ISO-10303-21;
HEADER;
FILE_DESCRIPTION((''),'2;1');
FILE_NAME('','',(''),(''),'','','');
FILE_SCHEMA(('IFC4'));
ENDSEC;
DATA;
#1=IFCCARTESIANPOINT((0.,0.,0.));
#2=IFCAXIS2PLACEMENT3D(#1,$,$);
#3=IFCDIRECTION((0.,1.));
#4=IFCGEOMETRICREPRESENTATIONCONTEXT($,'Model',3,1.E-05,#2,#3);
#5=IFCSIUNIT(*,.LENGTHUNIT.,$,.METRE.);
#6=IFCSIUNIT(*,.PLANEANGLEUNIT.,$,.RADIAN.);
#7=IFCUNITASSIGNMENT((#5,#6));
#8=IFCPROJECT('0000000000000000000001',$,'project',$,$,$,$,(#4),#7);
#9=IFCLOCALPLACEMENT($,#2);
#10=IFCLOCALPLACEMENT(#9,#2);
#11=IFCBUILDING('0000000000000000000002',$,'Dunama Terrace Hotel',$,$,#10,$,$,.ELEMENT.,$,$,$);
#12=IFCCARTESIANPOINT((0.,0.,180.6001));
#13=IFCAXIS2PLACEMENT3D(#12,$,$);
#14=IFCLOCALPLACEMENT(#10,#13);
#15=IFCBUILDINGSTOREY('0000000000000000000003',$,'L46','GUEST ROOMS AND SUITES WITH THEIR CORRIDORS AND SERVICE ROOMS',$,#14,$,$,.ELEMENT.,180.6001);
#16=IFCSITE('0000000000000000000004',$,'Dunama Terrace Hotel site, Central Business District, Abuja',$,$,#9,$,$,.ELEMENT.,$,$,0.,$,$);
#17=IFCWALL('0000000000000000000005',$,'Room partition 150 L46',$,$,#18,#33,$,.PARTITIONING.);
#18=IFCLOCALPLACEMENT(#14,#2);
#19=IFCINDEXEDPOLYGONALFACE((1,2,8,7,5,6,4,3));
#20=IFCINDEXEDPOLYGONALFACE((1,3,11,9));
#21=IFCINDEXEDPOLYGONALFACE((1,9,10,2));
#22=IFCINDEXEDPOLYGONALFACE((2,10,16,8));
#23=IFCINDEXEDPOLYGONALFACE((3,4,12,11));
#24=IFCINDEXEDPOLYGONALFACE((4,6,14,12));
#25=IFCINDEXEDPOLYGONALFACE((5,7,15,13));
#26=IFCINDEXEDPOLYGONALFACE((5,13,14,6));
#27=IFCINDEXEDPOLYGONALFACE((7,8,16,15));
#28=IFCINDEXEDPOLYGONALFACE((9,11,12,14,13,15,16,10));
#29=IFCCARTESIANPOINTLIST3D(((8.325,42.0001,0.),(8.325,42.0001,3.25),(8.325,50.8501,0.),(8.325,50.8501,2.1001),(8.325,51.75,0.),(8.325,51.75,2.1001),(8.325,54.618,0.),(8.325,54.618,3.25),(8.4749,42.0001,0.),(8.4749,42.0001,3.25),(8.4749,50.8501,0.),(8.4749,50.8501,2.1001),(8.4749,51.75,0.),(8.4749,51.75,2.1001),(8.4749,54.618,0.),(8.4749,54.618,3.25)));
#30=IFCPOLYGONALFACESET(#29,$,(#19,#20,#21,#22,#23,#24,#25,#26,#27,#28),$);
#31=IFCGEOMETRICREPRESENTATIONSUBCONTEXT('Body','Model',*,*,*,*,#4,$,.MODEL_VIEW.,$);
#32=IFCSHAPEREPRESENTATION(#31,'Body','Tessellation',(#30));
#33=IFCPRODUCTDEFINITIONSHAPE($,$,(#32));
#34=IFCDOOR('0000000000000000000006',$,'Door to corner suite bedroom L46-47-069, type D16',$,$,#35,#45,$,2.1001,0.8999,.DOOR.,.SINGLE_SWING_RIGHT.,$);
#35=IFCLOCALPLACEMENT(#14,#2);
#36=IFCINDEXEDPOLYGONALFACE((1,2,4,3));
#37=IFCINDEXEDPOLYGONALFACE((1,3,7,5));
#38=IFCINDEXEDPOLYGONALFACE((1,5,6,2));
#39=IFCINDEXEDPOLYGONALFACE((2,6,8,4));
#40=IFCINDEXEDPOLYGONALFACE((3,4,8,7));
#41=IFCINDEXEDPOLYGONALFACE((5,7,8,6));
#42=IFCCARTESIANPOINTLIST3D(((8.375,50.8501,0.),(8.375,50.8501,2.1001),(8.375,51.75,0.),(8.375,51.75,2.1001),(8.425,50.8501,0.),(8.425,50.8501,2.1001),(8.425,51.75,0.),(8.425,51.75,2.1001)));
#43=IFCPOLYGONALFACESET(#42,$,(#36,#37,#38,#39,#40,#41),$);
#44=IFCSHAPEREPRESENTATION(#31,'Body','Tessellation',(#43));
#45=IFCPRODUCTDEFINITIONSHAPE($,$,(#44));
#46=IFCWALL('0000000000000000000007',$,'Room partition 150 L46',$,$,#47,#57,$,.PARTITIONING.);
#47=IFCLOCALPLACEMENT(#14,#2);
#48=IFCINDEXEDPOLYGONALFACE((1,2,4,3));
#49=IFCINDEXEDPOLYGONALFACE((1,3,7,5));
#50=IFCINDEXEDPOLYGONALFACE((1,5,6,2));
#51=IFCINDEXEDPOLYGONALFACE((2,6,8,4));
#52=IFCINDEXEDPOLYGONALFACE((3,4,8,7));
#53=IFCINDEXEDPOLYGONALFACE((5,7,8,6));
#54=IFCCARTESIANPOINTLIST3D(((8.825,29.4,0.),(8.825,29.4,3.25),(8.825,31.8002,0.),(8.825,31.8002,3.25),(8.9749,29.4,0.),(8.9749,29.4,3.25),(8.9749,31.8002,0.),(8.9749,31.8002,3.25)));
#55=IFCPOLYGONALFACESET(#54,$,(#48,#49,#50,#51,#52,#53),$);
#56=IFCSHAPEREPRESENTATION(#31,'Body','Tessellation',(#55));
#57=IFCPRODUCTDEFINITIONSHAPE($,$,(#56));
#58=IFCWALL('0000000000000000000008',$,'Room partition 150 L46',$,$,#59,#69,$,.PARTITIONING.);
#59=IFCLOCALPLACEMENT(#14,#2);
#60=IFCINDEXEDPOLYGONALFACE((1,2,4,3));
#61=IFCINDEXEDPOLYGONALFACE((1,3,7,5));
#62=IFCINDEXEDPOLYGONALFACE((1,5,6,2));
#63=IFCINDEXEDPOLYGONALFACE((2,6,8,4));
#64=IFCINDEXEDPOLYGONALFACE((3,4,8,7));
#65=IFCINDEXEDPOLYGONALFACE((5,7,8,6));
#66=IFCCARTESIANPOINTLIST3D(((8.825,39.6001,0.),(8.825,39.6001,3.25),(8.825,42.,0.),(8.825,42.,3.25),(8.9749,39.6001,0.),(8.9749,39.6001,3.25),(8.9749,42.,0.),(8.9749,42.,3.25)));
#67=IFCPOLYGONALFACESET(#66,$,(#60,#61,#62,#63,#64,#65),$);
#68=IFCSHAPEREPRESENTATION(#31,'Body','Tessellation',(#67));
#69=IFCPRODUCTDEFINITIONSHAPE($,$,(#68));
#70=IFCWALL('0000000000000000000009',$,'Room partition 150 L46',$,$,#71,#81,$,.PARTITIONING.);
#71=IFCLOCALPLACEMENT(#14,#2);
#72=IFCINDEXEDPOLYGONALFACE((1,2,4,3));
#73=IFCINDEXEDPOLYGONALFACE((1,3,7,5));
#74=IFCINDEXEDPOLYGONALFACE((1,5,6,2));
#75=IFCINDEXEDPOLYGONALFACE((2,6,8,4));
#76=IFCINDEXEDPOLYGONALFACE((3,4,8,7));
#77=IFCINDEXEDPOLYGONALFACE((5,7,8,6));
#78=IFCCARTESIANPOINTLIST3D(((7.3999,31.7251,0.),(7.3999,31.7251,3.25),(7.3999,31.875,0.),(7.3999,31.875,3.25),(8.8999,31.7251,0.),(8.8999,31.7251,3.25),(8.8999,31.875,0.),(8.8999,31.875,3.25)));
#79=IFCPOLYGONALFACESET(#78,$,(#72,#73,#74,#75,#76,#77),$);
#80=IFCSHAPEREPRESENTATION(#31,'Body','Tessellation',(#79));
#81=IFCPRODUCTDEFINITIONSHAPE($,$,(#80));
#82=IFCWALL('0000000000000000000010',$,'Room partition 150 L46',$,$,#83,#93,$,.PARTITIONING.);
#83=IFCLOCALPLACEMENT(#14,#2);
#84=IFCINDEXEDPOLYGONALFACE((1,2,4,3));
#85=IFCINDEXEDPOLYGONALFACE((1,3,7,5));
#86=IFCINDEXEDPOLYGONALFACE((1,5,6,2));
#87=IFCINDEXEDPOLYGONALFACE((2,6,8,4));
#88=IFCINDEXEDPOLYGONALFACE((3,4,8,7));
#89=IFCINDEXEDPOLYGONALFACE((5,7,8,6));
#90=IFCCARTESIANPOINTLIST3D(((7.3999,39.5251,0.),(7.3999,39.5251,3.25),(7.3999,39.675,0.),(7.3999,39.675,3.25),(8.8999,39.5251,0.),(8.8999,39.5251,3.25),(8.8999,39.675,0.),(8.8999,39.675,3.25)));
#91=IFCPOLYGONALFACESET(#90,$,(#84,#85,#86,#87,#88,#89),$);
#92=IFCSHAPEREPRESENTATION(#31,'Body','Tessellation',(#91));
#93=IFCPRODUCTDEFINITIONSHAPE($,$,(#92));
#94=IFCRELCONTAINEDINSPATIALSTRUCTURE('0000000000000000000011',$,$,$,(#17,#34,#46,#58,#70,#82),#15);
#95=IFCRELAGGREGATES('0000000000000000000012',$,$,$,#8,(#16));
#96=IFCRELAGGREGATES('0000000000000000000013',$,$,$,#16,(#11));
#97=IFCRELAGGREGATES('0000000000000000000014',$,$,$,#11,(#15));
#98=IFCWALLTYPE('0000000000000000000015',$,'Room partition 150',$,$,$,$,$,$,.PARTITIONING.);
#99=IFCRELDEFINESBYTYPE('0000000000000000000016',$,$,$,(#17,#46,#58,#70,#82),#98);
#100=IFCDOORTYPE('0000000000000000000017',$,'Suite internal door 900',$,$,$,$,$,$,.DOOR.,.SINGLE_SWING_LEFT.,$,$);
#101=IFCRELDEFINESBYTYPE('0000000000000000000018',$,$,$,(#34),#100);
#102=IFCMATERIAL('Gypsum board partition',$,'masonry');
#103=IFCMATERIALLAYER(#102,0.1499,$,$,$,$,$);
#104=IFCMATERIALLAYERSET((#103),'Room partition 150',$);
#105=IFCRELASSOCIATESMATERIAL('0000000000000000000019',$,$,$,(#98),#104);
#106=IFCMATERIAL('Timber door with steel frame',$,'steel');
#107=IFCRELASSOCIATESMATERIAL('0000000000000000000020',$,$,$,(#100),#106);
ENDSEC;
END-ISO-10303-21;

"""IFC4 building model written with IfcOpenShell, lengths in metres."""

from ifc_helpers import new_model, si_unit, direction, frame, frame_2d, origin, place, context, subcontext, project, spatial, rectangle, extrude, material, layer, layer_set, type_object, element, fill, save


model = new_model("IFC4")

# Units and contexts
model_context = context("Model", 3, precision=1e-05, world=origin(), true_north=direction((0.0, 1.0)))
body_context = subcontext(model_context, "Body", "Model", "MODEL_VIEW")
ifc_project = project(units=[si_unit("LENGTHUNIT", "METRE"), si_unit("PLANEANGLEUNIT", "RADIAN")], contexts=[model_context])

# Site, building, storey
site_placement = place(None, origin())
site = spatial("IfcSite", under=ifc_project, at=site_placement, Name="Dunama Terrace Hotel site, Central Business District, Abuja", CompositionType="ELEMENT", RefElevation=0.0)
building_placement = place(site_placement, origin())
building = spatial("IfcBuilding", under=site, at=building_placement, Name="Dunama Terrace Hotel", CompositionType="ELEMENT")
storey_placement = place(building_placement, frame((0.0, 0.0, 180.6001)))
storey = spatial("IfcBuildingStorey", under=building, at=storey_placement, Name="L46", Description="GUEST ROOMS AND SUITES WITH THEIR CORRIDORS AND SERVICE ROOMS", CompositionType="ELEMENT", Elevation=180.6001)

# Wall, opening, door
ifc_material_1 = material(Name="Gypsum board partition", Category="masonry")
ifc_layer_1 = layer(ifc_material_1, 0.1499)
ifc_layer_set_1 = layer_set([ifc_layer_1], Name="Room partition 150")
wall_type_1 = type_object("IfcWallType", Name="Room partition 150", PredefinedType="PARTITIONING", material=ifc_layer_set_1)
ifc_material_2 = material(Name="Timber door with steel frame", Category="steel")
door_type_1 = type_object("IfcDoorType", Name="Suite internal door 900", OperationType="SINGLE_SWING_LEFT", PredefinedType="DOOR", material=ifc_material_2)
wall_1_placement = place(storey_placement, frame((8.3999, 42.0, 0.0), z_axis=(0.0, 0.0, 1.0), x_axis=(0.0, 1.0, 0.0)))
wall_1 = element("IfcWall", 1, at=wall_1_placement, inside=storey, type_object=wall_type_1, Name="Room partition 150 L46", PredefinedType="PARTITIONING", context=body_context, shape_type="SweptSolid", body=[
    extrude(rectangle(XDim=12.6179, YDim=0.1499, at=frame_2d((6.3091, 0.0))), origin(), (0.0, 0.0, 1.0), 3.25),
])
opening_1_placement = place(wall_1_placement, frame((8.8501, 0.0, 0.0)))
opening_1 = element("IfcOpeningElement", 2, at=opening_1_placement, cuts=wall_1, PredefinedType="OPENING", context=body_context, shape_type="SweptSolid", body=[
    extrude(rectangle(XDim=0.8999, YDim=2.1001, at=frame_2d((0.45, 1.05))), frame((0.0, 0.085, 0.0), z_axis=(0.0, -1.0, 0.0), x_axis=(1.0, 0.0, 0.0)), (0.0, 0.0, 1.0), 0.1699),
])
door_1_placement = place(opening_1_placement, origin())
door_1 = element("IfcDoor", 3, at=door_1_placement, inside=storey, type_object=door_type_1, Name="Door to corner suite bedroom L46-47-069, type D16", OperationType="SINGLE_SWING_RIGHT", OverallHeight=2.1001, OverallWidth=0.8999, PredefinedType="DOOR", context=body_context, shape_type="SweptSolid", body=[
    extrude(rectangle(XDim=0.8999, YDim=2.1001, at=frame_2d((0.45, 1.05))), frame((0.0, 0.0249, 0.0), z_axis=(0.0, -1.0, 0.0), x_axis=(1.0, 0.0, 0.0)), (0.0, 0.0, 1.0), 0.05),
])
fill(opening_1, door_1)

# Walls
wall_2_placement = place(storey_placement, frame((8.8999, 29.3999, 0.0), z_axis=(0.0, 0.0, 1.0), x_axis=(0.0, 1.0, 0.0)))
element("IfcWall", 4, at=wall_2_placement, inside=storey, type_object=wall_type_1, Name="Room partition 150 L46", PredefinedType="PARTITIONING", context=body_context, shape_type="SweptSolid", body=[
    extrude(rectangle(XDim=2.4001, YDim=0.1499, at=frame_2d((1.2002, 0.0))), origin(), (0.0, 0.0, 1.0), 3.25),
])
wall_3_placement = place(storey_placement, frame((8.8999, 39.6001, 0.0), z_axis=(0.0, 0.0, 1.0), x_axis=(0.0, 1.0, 0.0)))
element("IfcWall", 5, at=wall_3_placement, inside=storey, type_object=wall_type_1, Name="Room partition 150 L46", PredefinedType="PARTITIONING", context=body_context, shape_type="SweptSolid", body=[
    extrude(rectangle(XDim=2.3999, YDim=0.1499, at=frame_2d((1.2, 0.0))), origin(), (0.0, 0.0, 1.0), 3.25),
])
for number, where, z_axis, x_axis, name in (
    (6, (7.3999, 31.8, 0.0), (0.0, 0.0, 1.0), (1.0, 0.0, 0.0), "Room partition 150 L46"),
    (7, (7.3999, 39.6001, 0.0), (0.0, 0.0, 1.0), (1.0, 0.0, 0.0), "Room partition 150 L46"),
):
    element("IfcWall", number, at=place(storey_placement, frame(where, z_axis=z_axis, x_axis=x_axis)), inside=storey, type_object=wall_type_1, Name=name, PredefinedType="PARTITIONING", context=body_context, shape_type="SweptSolid", body=[
        extrude(rectangle(XDim=1.5, YDim=0.1499, at=frame_2d((0.75, 0.0))), origin(), (0.0, 0.0, 1.0), 3.25),
    ])

save(model, "model.ifc")
